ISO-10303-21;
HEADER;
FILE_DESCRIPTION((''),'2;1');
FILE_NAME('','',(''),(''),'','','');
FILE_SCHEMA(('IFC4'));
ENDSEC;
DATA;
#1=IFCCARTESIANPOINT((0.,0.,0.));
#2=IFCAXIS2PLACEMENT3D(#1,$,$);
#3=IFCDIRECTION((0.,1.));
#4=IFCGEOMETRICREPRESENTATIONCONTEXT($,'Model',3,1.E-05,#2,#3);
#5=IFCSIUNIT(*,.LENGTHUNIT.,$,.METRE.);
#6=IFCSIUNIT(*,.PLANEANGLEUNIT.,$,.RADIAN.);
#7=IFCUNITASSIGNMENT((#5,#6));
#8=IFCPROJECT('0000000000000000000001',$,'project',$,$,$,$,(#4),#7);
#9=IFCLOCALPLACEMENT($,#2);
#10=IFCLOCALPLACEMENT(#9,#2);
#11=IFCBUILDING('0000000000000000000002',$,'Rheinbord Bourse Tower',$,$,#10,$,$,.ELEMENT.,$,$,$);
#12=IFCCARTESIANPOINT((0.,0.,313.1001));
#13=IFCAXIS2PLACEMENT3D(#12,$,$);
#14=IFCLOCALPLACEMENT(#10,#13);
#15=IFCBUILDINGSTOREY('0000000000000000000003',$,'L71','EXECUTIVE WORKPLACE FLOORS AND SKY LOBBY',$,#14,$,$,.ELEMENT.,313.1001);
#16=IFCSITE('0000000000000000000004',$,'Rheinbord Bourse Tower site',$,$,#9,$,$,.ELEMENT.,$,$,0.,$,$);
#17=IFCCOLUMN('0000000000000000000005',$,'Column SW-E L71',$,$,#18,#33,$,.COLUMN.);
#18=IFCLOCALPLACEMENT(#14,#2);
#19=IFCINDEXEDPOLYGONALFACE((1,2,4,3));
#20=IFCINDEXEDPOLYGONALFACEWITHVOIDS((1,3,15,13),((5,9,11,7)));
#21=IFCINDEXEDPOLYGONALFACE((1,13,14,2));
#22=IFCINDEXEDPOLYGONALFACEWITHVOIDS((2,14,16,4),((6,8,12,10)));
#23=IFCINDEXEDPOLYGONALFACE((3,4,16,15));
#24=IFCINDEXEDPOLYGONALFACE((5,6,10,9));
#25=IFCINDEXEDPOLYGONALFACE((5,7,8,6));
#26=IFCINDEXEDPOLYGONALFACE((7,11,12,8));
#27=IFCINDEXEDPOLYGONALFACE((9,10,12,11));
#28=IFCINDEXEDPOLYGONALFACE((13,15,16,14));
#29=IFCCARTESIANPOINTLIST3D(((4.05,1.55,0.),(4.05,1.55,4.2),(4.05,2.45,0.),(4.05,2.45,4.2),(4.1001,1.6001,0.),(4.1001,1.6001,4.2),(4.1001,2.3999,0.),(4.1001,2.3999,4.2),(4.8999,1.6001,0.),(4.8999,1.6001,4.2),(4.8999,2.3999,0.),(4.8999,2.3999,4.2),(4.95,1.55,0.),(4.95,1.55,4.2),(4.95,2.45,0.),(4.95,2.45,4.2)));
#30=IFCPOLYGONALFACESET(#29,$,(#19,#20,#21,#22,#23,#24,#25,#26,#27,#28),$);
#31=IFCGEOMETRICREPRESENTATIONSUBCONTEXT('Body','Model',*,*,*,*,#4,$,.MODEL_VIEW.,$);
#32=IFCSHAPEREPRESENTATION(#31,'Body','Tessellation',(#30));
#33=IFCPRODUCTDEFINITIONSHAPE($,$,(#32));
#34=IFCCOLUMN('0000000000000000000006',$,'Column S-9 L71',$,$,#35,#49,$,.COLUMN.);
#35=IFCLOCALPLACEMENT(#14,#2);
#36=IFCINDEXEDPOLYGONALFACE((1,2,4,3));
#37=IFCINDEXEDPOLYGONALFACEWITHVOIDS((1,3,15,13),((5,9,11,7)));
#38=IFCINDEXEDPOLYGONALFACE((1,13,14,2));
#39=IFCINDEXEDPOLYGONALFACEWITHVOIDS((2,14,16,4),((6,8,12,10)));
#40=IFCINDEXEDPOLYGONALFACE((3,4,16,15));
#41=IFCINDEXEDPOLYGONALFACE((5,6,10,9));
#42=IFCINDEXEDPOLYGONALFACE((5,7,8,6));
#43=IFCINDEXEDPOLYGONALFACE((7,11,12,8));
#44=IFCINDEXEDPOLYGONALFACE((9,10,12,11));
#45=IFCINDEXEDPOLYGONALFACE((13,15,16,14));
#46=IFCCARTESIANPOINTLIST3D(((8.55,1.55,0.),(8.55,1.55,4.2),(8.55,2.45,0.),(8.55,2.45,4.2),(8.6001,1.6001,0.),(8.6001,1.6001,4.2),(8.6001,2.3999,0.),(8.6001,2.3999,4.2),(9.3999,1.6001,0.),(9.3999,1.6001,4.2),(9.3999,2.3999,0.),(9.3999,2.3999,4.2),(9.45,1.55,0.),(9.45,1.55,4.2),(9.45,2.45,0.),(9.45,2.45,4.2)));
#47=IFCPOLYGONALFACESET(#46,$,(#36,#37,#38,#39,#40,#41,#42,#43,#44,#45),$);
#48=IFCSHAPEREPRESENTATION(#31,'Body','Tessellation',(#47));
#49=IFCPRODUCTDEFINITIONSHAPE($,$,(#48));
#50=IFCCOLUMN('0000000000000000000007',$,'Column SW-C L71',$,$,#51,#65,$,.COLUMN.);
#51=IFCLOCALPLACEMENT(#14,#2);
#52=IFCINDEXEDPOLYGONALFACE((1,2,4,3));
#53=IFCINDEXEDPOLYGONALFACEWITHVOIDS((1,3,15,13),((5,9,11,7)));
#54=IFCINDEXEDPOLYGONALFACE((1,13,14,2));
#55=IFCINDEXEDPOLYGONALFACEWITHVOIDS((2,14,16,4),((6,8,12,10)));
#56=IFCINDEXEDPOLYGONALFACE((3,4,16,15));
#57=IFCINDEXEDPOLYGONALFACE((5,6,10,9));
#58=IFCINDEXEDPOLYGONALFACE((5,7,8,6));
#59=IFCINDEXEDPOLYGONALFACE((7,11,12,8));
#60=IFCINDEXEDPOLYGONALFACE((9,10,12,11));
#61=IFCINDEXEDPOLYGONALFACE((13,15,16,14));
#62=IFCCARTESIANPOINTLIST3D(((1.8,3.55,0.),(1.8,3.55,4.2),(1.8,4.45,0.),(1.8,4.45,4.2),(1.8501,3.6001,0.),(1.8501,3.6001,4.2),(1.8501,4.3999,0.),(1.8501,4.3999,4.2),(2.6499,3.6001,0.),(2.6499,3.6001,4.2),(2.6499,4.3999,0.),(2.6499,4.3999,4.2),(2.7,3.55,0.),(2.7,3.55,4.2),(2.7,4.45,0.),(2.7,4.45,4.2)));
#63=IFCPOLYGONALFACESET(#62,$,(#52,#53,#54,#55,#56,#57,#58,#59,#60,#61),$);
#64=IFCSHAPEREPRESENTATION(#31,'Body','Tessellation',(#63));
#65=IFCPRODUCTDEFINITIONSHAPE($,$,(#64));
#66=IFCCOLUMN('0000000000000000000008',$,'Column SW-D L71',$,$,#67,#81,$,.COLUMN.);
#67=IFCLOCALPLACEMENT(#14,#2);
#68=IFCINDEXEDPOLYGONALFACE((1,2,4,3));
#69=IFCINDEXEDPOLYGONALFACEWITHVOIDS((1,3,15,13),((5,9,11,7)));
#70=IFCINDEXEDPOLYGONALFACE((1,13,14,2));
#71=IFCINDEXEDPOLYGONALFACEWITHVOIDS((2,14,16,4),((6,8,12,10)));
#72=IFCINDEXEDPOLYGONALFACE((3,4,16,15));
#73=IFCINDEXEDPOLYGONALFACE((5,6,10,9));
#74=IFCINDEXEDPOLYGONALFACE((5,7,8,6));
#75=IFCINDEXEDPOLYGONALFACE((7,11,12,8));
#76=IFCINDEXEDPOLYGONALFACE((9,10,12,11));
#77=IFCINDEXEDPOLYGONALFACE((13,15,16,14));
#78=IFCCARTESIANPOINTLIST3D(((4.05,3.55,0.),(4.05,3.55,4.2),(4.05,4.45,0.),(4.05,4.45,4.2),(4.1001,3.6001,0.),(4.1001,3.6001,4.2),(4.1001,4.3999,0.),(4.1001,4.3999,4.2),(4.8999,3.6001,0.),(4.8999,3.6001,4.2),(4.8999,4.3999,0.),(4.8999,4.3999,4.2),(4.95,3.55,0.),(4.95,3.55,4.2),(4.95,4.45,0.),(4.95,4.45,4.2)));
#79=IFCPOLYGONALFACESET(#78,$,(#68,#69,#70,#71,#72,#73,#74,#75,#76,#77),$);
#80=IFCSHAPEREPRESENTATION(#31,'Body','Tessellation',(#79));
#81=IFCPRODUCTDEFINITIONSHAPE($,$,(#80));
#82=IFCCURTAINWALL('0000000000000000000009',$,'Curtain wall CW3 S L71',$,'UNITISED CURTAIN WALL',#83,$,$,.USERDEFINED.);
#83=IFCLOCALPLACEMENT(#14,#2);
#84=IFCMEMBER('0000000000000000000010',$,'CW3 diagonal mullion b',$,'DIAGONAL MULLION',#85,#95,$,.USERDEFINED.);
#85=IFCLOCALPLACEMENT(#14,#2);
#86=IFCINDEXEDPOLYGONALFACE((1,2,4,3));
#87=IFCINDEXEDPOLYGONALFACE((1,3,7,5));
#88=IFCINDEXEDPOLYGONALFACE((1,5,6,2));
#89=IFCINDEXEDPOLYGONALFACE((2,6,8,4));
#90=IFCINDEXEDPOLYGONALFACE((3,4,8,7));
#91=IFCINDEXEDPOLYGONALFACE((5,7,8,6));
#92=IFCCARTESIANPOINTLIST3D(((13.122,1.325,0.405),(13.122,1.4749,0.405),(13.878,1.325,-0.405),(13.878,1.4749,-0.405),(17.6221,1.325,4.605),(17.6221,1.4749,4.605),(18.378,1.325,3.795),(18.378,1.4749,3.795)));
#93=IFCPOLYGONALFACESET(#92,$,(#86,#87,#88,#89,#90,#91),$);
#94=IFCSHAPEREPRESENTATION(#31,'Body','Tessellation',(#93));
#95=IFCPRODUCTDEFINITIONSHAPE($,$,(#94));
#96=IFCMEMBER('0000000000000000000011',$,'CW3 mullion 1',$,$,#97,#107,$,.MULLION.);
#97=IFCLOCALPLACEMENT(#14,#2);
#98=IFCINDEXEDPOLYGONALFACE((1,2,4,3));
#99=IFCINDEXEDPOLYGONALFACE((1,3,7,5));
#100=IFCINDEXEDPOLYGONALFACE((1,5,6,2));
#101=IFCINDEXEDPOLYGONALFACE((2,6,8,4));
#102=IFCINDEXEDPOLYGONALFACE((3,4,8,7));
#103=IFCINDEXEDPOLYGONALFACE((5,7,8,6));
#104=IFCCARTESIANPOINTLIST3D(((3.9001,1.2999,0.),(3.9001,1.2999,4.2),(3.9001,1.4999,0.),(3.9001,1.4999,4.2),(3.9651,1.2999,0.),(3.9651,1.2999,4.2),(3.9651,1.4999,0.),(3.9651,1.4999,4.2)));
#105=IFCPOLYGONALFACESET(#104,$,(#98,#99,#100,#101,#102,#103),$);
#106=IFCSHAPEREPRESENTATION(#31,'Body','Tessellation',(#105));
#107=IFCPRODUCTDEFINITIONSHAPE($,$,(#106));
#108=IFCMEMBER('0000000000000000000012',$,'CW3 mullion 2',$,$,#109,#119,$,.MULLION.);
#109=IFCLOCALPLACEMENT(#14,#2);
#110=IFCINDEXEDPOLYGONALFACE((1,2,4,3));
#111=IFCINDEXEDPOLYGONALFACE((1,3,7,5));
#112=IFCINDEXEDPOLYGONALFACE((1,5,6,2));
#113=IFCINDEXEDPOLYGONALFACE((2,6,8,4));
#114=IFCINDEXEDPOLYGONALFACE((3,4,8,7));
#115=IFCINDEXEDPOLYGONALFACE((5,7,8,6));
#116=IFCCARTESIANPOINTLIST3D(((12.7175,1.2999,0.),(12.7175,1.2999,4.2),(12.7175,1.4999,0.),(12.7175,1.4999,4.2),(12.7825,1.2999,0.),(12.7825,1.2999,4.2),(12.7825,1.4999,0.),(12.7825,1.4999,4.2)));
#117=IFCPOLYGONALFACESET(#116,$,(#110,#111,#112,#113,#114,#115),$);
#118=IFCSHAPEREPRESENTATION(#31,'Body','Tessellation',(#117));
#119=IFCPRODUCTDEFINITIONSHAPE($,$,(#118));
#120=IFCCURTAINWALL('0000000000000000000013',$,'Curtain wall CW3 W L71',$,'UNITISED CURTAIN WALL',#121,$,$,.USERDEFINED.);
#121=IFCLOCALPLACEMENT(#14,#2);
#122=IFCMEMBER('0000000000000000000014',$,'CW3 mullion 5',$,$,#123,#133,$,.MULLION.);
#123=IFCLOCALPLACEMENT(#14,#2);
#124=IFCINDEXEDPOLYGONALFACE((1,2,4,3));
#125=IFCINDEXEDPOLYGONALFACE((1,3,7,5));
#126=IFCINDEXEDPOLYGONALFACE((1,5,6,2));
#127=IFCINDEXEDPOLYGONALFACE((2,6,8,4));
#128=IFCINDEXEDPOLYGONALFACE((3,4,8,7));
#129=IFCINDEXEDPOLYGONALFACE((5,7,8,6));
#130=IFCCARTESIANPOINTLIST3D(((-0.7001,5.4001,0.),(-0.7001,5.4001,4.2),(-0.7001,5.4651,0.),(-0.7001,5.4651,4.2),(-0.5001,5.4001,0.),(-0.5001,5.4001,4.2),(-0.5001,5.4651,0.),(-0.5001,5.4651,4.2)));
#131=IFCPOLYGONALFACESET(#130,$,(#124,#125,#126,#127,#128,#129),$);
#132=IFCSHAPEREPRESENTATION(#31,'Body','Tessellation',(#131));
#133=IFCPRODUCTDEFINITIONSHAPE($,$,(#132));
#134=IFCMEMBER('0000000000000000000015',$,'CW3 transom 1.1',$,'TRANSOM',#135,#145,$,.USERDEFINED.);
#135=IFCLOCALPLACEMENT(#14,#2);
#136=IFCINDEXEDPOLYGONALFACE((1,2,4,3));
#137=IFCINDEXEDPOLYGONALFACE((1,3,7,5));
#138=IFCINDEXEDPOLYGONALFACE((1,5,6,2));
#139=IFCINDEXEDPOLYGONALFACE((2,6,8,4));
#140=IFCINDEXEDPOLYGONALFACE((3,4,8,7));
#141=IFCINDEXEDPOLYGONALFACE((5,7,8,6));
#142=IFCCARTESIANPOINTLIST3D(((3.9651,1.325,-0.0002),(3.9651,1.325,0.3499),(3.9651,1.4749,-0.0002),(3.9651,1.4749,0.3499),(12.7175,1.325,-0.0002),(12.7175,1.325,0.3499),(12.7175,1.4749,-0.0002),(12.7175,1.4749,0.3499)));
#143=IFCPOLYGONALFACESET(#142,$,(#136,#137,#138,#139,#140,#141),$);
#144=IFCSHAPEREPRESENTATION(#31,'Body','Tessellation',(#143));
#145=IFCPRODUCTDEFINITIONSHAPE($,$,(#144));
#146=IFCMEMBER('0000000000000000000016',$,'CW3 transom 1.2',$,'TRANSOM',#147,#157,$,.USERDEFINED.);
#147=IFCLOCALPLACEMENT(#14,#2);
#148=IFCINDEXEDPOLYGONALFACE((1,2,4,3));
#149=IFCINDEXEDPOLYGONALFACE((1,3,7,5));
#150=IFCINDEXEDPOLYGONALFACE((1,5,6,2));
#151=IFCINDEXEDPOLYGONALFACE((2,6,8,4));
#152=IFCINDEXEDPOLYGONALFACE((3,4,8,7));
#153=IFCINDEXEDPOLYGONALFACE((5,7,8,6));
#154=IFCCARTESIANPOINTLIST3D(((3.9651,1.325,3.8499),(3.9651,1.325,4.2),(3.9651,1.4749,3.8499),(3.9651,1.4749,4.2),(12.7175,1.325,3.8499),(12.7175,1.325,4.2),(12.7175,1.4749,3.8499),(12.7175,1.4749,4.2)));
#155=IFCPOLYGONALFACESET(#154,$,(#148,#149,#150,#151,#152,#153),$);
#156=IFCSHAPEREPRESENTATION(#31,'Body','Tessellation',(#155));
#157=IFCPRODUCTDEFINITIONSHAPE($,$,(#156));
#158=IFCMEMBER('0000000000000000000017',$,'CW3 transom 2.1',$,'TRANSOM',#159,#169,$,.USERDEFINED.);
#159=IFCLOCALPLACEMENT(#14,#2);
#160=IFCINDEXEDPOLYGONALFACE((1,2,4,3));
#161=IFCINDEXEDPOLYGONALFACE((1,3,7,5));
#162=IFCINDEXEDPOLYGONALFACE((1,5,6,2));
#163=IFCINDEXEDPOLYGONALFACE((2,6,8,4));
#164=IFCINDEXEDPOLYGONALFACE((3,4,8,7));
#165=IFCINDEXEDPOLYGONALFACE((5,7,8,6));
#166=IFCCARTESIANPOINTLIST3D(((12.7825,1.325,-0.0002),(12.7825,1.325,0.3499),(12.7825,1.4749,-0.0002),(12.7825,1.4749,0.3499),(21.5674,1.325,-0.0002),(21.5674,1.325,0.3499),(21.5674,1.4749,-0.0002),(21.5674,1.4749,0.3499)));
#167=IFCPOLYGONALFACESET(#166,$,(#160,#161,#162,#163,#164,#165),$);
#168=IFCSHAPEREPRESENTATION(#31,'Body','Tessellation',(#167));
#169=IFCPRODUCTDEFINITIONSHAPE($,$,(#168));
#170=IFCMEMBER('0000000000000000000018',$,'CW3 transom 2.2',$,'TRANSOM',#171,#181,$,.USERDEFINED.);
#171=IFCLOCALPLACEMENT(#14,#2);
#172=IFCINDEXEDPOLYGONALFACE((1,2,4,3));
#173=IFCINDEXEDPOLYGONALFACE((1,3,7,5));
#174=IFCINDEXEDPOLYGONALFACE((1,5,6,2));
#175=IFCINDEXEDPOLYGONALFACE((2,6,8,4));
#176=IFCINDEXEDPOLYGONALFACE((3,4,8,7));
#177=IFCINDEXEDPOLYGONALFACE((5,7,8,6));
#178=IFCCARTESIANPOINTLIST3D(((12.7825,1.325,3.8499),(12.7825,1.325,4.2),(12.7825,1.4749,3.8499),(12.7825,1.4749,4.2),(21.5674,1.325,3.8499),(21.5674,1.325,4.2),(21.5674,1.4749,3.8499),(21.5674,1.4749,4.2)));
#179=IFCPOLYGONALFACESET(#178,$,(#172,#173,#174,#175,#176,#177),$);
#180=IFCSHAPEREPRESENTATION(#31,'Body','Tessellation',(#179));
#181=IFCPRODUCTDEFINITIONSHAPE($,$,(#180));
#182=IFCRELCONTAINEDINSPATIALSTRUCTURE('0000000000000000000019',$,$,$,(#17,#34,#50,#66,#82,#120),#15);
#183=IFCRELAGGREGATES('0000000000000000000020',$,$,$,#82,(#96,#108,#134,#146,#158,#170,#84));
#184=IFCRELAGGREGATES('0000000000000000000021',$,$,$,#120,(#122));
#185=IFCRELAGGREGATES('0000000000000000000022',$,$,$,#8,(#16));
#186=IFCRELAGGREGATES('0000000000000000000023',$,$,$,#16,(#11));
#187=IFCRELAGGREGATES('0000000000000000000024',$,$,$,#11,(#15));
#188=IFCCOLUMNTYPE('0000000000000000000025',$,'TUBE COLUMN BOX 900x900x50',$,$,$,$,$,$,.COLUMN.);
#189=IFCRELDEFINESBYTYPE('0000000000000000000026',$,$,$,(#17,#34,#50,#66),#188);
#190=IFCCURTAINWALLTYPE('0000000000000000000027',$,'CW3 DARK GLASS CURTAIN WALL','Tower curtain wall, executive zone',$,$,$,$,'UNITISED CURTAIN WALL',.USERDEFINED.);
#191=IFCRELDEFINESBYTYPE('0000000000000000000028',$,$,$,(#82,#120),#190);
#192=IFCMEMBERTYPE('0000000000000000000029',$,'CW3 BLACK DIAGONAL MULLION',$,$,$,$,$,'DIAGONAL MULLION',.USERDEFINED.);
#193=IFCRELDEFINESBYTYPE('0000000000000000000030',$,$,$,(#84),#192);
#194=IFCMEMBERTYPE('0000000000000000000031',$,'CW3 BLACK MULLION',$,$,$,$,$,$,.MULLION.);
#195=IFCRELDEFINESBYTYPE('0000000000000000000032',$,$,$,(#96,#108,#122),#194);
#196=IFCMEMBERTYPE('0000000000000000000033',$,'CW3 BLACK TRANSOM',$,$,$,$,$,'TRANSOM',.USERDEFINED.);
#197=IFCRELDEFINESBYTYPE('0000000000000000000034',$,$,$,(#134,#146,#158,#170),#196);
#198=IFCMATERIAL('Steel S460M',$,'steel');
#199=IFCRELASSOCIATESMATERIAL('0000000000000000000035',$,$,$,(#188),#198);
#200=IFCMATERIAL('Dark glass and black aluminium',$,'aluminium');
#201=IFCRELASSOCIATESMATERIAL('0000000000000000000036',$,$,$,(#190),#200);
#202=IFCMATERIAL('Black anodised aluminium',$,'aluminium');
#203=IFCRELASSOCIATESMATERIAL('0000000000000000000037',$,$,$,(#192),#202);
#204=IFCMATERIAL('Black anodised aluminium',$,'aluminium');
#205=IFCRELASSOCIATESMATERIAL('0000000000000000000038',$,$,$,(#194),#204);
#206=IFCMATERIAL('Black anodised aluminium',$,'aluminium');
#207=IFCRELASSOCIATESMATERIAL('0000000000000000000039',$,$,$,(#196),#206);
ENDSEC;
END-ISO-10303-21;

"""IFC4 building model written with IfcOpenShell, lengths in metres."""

from ifc_helpers import new_model, si_unit, direction, frame, origin, origin_2d, place, context, subcontext, project, spatial, rectangle, hollow_rectangle, extrude, material, material_profile, profile_set, type_object, element, aggregate, save


model = new_model("IFC4")

# Units and contexts
model_context = context("Model", 3, precision=1e-05, world=origin(), true_north=direction((0.0, 1.0)))
body_context = subcontext(model_context, "Body", "Model", "MODEL_VIEW")
ifc_project = project(units=[si_unit("LENGTHUNIT", "METRE"), si_unit("PLANEANGLEUNIT", "RADIAN")], contexts=[model_context])

# Site, building, storey
site_placement = place(None, origin())
site = spatial("IfcSite", under=ifc_project, at=site_placement, Name="Rheinbord Bourse Tower site", CompositionType="ELEMENT", RefElevation=0.0)
building_placement = place(site_placement, origin())
building = spatial("IfcBuilding", under=site, at=building_placement, Name="Rheinbord Bourse Tower", CompositionType="ELEMENT")
storey_placement = place(building_placement, frame((0.0, 0.0, 313.1001)))
storey = spatial("IfcBuildingStorey", under=building, at=storey_placement, Name="L71", Description="EXECUTIVE WORKPLACE FLOORS AND SKY LOBBY", CompositionType="ELEMENT", Elevation=313.1001)

# Columns
ifc_material_1 = material(Name="Steel S460M", Category="steel")
ifc_material_profile_1 = material_profile(ifc_material_1, hollow_rectangle(XDim=0.8999, YDim=0.8999, WallThickness=0.05, at=origin_2d()), Name="BOX 900x900x50")
ifc_profile_set_1 = profile_set([ifc_material_profile_1], Name="Steel S460M")
column_type = type_object("IfcColumnType", Name="TUBE COLUMN BOX 900x900x50", PredefinedType="COLUMN", material=ifc_profile_set_1)
for number, where, z_axis, x_axis, name in (
    (1, (4.5, 2.0, 0.0), (0.0, 0.0, 1.0), (0.0, 1.0, 0.0), "Column SW-E L71"),
    (2, (9.0, 2.0, 0.0), (0.0, 0.0, 1.0), (0.0, 1.0, 0.0), "Column S-9 L71"),
    (3, (2.25, 4.0, 0.0), (0.0, 0.0, 1.0), (1.0, 0.0, 0.0), "Column SW-C L71"),
    (4, (4.5, 4.0, 0.0), (0.0, 0.0, 1.0), (0.0, 1.0, 0.0), "Column SW-D L71"),
):
    element("IfcColumn", number, at=place(storey_placement, frame(where, z_axis=z_axis, x_axis=x_axis)), inside=storey, type_object=column_type, Name=name, PredefinedType="COLUMN", context=body_context, shape_type="SweptSolid", body=[
        extrude(hollow_rectangle(XDim=0.8999, YDim=0.8999, WallThickness=0.05, at=origin_2d()), origin(), (0.0, 0.0, 1.0), 4.2),
    ])

# Curtain wall, members
ifc_material_2 = material(Name="Dark glass and black aluminium", Category="aluminium")
curtain_wall_type = type_object("IfcCurtainWallType", Name="CW3 DARK GLASS CURTAIN WALL", Description="Tower curtain wall, executive zone", ElementType="UNITISED CURTAIN WALL", PredefinedType="USERDEFINED", material=ifc_material_2)
curtain_wall_1_placement = place(storey_placement, origin())
curtain_wall_1 = element("IfcCurtainWall", 5, at=curtain_wall_1_placement, inside=storey, type_object=curtain_wall_type, Name="Curtain wall CW3 S L71", ObjectType="UNITISED CURTAIN WALL", PredefinedType="USERDEFINED")
ifc_material_3 = material(Name="Black anodised aluminium", Category="aluminium")
ifc_material_profile_2 = material_profile(ifc_material_3, rectangle(XDim=0.1499, YDim=1.1079, at=origin_2d()), Name="CW3 DIAGONAL MULLION 1108x150")
ifc_profile_set_2 = profile_set([ifc_material_profile_2], Name="Black anodised aluminium")
member_type_1 = type_object("IfcMemberType", Name="CW3 BLACK DIAGONAL MULLION", ElementType="DIAGONAL MULLION", PredefinedType="USERDEFINED", material=ifc_profile_set_2)
member_1_placement = place(storey_placement, frame((13.5, 1.3999, 0.0), z_axis=(0.731059, 0.0, 0.682314), x_axis=(0.0, 1.0, 0.0)))
member_1 = element("IfcMember", 6, at=member_1_placement, type_object=member_type_1, Name="CW3 diagonal mullion b", ObjectType="DIAGONAL MULLION", PredefinedType="USERDEFINED", context=body_context, shape_type="SweptSolid", body=[
    extrude(rectangle(XDim=0.1499, YDim=1.1079, at=origin_2d()), origin(), (0.0, 0.0, 1.0), 6.1555),
])
ifc_material_4 = material(Name="Black anodised aluminium", Category="aluminium")
ifc_material_profile_3 = material_profile(ifc_material_4, rectangle(XDim=0.2, YDim=0.0649, at=origin_2d()), Name="CW3 MULLION 65x200")
ifc_profile_set_3 = profile_set([ifc_material_profile_3], Name="Black anodised aluminium")
member_type_2 = type_object("IfcMemberType", Name="CW3 BLACK MULLION", PredefinedType="MULLION", material=ifc_profile_set_3)
member_2_placement = place(storey_placement, frame((3.9326, 1.3999, 0.0), z_axis=(0.0, 0.0, 1.0), x_axis=(0.0, 1.0, 0.0)))
member_2 = element("IfcMember", 7, at=member_2_placement, type_object=member_type_2, Name="CW3 mullion 1", PredefinedType="MULLION", context=body_context, shape_type="SweptSolid", body=[
    extrude(rectangle(XDim=0.2, YDim=0.0649, at=origin_2d()), origin(), (0.0, 0.0, 1.0), 4.2),
])
member_3_placement = place(storey_placement, frame((12.75, 1.3999, 0.0), z_axis=(0.0, 0.0, 1.0), x_axis=(0.0, 1.0, 0.0)))
member_3 = element("IfcMember", 8, at=member_3_placement, type_object=member_type_2, Name="CW3 mullion 2", PredefinedType="MULLION", context=body_context, shape_type="SweptSolid", body=[
    extrude(rectangle(XDim=0.2, YDim=0.0649, at=origin_2d()), origin(), (0.0, 0.0, 1.0), 4.2),
])

# Curtain wall, member
curtain_wall_2_placement = place(storey_placement, origin())
curtain_wall_2 = element("IfcCurtainWall", 9, at=curtain_wall_2_placement, inside=storey, type_object=curtain_wall_type, Name="Curtain wall CW3 W L71", ObjectType="UNITISED CURTAIN WALL", PredefinedType="USERDEFINED")
member_4_placement = place(storey_placement, frame((-0.6001, 5.4326, 0.0), z_axis=(0.0, 0.0, 1.0), x_axis=(1.0, 0.0, 0.0)))
member_4 = element("IfcMember", 10, at=member_4_placement, type_object=member_type_2, Name="CW3 mullion 5", PredefinedType="MULLION", context=body_context, shape_type="SweptSolid", body=[
    extrude(rectangle(XDim=0.2, YDim=0.0649, at=origin_2d()), origin(), (0.0, 0.0, 1.0), 4.2),
])

# Members
ifc_material_5 = material(Name="Black anodised aluminium", Category="aluminium")
ifc_material_profile_4 = material_profile(ifc_material_5, rectangle(XDim=0.1499, YDim=0.3501, at=origin_2d()), Name="CW3 TRANSOM 350x150")
ifc_profile_set_4 = profile_set([ifc_material_profile_4], Name="Black anodised aluminium")
member_type_3 = type_object("IfcMemberType", Name="CW3 BLACK TRANSOM", ElementType="TRANSOM", PredefinedType="USERDEFINED", material=ifc_profile_set_4)
member_5_placement = place(storey_placement, frame((3.9651, 1.3999, 0.1748), z_axis=(1.0, 0.0, 0.0), x_axis=(0.0, 1.0, 0.0)))
member_5 = element("IfcMember", 11, at=member_5_placement, type_object=member_type_3, Name="CW3 transom 1.1", ObjectType="TRANSOM", PredefinedType="USERDEFINED", context=body_context, shape_type="SweptSolid", body=[
    extrude(rectangle(XDim=0.1499, YDim=0.3501, at=origin_2d()), origin(), (0.0, 0.0, 1.0), 8.7524),
])
member_6_placement = place(storey_placement, frame((3.9651, 1.3999, 4.0249), z_axis=(1.0, 0.0, 0.0), x_axis=(0.0, 1.0, 0.0)))
member_6 = element("IfcMember", 12, at=member_6_placement, type_object=member_type_3, Name="CW3 transom 1.2", ObjectType="TRANSOM", PredefinedType="USERDEFINED", context=body_context, shape_type="SweptSolid", body=[
    extrude(rectangle(XDim=0.1499, YDim=0.3501, at=origin_2d()), origin(), (0.0, 0.0, 1.0), 8.7524),
])
member_7_placement = place(storey_placement, frame((12.7825, 1.3999, 0.1748), z_axis=(1.0, 0.0, 0.0), x_axis=(0.0, 1.0, 0.0)))
member_7 = element("IfcMember", 13, at=member_7_placement, type_object=member_type_3, Name="CW3 transom 2.1", ObjectType="TRANSOM", PredefinedType="USERDEFINED", context=body_context, shape_type="SweptSolid", body=[
    extrude(rectangle(XDim=0.1499, YDim=0.3501, at=origin_2d()), origin(), (0.0, 0.0, 1.0), 8.7849),
])
member_8_placement = place(storey_placement, frame((12.7825, 1.3999, 4.0249), z_axis=(1.0, 0.0, 0.0), x_axis=(0.0, 1.0, 0.0)))
member_8 = element("IfcMember", 14, at=member_8_placement, type_object=member_type_3, Name="CW3 transom 2.2", ObjectType="TRANSOM", PredefinedType="USERDEFINED", context=body_context, shape_type="SweptSolid", body=[
    extrude(rectangle(XDim=0.1499, YDim=0.3501, at=origin_2d()), origin(), (0.0, 0.0, 1.0), 8.7849),
])

aggregate(curtain_wall_1, [member_2, member_3, member_5, member_6, member_7, member_8, member_1])
aggregate(curtain_wall_2, [member_4])

save(model, "model.ifc")
